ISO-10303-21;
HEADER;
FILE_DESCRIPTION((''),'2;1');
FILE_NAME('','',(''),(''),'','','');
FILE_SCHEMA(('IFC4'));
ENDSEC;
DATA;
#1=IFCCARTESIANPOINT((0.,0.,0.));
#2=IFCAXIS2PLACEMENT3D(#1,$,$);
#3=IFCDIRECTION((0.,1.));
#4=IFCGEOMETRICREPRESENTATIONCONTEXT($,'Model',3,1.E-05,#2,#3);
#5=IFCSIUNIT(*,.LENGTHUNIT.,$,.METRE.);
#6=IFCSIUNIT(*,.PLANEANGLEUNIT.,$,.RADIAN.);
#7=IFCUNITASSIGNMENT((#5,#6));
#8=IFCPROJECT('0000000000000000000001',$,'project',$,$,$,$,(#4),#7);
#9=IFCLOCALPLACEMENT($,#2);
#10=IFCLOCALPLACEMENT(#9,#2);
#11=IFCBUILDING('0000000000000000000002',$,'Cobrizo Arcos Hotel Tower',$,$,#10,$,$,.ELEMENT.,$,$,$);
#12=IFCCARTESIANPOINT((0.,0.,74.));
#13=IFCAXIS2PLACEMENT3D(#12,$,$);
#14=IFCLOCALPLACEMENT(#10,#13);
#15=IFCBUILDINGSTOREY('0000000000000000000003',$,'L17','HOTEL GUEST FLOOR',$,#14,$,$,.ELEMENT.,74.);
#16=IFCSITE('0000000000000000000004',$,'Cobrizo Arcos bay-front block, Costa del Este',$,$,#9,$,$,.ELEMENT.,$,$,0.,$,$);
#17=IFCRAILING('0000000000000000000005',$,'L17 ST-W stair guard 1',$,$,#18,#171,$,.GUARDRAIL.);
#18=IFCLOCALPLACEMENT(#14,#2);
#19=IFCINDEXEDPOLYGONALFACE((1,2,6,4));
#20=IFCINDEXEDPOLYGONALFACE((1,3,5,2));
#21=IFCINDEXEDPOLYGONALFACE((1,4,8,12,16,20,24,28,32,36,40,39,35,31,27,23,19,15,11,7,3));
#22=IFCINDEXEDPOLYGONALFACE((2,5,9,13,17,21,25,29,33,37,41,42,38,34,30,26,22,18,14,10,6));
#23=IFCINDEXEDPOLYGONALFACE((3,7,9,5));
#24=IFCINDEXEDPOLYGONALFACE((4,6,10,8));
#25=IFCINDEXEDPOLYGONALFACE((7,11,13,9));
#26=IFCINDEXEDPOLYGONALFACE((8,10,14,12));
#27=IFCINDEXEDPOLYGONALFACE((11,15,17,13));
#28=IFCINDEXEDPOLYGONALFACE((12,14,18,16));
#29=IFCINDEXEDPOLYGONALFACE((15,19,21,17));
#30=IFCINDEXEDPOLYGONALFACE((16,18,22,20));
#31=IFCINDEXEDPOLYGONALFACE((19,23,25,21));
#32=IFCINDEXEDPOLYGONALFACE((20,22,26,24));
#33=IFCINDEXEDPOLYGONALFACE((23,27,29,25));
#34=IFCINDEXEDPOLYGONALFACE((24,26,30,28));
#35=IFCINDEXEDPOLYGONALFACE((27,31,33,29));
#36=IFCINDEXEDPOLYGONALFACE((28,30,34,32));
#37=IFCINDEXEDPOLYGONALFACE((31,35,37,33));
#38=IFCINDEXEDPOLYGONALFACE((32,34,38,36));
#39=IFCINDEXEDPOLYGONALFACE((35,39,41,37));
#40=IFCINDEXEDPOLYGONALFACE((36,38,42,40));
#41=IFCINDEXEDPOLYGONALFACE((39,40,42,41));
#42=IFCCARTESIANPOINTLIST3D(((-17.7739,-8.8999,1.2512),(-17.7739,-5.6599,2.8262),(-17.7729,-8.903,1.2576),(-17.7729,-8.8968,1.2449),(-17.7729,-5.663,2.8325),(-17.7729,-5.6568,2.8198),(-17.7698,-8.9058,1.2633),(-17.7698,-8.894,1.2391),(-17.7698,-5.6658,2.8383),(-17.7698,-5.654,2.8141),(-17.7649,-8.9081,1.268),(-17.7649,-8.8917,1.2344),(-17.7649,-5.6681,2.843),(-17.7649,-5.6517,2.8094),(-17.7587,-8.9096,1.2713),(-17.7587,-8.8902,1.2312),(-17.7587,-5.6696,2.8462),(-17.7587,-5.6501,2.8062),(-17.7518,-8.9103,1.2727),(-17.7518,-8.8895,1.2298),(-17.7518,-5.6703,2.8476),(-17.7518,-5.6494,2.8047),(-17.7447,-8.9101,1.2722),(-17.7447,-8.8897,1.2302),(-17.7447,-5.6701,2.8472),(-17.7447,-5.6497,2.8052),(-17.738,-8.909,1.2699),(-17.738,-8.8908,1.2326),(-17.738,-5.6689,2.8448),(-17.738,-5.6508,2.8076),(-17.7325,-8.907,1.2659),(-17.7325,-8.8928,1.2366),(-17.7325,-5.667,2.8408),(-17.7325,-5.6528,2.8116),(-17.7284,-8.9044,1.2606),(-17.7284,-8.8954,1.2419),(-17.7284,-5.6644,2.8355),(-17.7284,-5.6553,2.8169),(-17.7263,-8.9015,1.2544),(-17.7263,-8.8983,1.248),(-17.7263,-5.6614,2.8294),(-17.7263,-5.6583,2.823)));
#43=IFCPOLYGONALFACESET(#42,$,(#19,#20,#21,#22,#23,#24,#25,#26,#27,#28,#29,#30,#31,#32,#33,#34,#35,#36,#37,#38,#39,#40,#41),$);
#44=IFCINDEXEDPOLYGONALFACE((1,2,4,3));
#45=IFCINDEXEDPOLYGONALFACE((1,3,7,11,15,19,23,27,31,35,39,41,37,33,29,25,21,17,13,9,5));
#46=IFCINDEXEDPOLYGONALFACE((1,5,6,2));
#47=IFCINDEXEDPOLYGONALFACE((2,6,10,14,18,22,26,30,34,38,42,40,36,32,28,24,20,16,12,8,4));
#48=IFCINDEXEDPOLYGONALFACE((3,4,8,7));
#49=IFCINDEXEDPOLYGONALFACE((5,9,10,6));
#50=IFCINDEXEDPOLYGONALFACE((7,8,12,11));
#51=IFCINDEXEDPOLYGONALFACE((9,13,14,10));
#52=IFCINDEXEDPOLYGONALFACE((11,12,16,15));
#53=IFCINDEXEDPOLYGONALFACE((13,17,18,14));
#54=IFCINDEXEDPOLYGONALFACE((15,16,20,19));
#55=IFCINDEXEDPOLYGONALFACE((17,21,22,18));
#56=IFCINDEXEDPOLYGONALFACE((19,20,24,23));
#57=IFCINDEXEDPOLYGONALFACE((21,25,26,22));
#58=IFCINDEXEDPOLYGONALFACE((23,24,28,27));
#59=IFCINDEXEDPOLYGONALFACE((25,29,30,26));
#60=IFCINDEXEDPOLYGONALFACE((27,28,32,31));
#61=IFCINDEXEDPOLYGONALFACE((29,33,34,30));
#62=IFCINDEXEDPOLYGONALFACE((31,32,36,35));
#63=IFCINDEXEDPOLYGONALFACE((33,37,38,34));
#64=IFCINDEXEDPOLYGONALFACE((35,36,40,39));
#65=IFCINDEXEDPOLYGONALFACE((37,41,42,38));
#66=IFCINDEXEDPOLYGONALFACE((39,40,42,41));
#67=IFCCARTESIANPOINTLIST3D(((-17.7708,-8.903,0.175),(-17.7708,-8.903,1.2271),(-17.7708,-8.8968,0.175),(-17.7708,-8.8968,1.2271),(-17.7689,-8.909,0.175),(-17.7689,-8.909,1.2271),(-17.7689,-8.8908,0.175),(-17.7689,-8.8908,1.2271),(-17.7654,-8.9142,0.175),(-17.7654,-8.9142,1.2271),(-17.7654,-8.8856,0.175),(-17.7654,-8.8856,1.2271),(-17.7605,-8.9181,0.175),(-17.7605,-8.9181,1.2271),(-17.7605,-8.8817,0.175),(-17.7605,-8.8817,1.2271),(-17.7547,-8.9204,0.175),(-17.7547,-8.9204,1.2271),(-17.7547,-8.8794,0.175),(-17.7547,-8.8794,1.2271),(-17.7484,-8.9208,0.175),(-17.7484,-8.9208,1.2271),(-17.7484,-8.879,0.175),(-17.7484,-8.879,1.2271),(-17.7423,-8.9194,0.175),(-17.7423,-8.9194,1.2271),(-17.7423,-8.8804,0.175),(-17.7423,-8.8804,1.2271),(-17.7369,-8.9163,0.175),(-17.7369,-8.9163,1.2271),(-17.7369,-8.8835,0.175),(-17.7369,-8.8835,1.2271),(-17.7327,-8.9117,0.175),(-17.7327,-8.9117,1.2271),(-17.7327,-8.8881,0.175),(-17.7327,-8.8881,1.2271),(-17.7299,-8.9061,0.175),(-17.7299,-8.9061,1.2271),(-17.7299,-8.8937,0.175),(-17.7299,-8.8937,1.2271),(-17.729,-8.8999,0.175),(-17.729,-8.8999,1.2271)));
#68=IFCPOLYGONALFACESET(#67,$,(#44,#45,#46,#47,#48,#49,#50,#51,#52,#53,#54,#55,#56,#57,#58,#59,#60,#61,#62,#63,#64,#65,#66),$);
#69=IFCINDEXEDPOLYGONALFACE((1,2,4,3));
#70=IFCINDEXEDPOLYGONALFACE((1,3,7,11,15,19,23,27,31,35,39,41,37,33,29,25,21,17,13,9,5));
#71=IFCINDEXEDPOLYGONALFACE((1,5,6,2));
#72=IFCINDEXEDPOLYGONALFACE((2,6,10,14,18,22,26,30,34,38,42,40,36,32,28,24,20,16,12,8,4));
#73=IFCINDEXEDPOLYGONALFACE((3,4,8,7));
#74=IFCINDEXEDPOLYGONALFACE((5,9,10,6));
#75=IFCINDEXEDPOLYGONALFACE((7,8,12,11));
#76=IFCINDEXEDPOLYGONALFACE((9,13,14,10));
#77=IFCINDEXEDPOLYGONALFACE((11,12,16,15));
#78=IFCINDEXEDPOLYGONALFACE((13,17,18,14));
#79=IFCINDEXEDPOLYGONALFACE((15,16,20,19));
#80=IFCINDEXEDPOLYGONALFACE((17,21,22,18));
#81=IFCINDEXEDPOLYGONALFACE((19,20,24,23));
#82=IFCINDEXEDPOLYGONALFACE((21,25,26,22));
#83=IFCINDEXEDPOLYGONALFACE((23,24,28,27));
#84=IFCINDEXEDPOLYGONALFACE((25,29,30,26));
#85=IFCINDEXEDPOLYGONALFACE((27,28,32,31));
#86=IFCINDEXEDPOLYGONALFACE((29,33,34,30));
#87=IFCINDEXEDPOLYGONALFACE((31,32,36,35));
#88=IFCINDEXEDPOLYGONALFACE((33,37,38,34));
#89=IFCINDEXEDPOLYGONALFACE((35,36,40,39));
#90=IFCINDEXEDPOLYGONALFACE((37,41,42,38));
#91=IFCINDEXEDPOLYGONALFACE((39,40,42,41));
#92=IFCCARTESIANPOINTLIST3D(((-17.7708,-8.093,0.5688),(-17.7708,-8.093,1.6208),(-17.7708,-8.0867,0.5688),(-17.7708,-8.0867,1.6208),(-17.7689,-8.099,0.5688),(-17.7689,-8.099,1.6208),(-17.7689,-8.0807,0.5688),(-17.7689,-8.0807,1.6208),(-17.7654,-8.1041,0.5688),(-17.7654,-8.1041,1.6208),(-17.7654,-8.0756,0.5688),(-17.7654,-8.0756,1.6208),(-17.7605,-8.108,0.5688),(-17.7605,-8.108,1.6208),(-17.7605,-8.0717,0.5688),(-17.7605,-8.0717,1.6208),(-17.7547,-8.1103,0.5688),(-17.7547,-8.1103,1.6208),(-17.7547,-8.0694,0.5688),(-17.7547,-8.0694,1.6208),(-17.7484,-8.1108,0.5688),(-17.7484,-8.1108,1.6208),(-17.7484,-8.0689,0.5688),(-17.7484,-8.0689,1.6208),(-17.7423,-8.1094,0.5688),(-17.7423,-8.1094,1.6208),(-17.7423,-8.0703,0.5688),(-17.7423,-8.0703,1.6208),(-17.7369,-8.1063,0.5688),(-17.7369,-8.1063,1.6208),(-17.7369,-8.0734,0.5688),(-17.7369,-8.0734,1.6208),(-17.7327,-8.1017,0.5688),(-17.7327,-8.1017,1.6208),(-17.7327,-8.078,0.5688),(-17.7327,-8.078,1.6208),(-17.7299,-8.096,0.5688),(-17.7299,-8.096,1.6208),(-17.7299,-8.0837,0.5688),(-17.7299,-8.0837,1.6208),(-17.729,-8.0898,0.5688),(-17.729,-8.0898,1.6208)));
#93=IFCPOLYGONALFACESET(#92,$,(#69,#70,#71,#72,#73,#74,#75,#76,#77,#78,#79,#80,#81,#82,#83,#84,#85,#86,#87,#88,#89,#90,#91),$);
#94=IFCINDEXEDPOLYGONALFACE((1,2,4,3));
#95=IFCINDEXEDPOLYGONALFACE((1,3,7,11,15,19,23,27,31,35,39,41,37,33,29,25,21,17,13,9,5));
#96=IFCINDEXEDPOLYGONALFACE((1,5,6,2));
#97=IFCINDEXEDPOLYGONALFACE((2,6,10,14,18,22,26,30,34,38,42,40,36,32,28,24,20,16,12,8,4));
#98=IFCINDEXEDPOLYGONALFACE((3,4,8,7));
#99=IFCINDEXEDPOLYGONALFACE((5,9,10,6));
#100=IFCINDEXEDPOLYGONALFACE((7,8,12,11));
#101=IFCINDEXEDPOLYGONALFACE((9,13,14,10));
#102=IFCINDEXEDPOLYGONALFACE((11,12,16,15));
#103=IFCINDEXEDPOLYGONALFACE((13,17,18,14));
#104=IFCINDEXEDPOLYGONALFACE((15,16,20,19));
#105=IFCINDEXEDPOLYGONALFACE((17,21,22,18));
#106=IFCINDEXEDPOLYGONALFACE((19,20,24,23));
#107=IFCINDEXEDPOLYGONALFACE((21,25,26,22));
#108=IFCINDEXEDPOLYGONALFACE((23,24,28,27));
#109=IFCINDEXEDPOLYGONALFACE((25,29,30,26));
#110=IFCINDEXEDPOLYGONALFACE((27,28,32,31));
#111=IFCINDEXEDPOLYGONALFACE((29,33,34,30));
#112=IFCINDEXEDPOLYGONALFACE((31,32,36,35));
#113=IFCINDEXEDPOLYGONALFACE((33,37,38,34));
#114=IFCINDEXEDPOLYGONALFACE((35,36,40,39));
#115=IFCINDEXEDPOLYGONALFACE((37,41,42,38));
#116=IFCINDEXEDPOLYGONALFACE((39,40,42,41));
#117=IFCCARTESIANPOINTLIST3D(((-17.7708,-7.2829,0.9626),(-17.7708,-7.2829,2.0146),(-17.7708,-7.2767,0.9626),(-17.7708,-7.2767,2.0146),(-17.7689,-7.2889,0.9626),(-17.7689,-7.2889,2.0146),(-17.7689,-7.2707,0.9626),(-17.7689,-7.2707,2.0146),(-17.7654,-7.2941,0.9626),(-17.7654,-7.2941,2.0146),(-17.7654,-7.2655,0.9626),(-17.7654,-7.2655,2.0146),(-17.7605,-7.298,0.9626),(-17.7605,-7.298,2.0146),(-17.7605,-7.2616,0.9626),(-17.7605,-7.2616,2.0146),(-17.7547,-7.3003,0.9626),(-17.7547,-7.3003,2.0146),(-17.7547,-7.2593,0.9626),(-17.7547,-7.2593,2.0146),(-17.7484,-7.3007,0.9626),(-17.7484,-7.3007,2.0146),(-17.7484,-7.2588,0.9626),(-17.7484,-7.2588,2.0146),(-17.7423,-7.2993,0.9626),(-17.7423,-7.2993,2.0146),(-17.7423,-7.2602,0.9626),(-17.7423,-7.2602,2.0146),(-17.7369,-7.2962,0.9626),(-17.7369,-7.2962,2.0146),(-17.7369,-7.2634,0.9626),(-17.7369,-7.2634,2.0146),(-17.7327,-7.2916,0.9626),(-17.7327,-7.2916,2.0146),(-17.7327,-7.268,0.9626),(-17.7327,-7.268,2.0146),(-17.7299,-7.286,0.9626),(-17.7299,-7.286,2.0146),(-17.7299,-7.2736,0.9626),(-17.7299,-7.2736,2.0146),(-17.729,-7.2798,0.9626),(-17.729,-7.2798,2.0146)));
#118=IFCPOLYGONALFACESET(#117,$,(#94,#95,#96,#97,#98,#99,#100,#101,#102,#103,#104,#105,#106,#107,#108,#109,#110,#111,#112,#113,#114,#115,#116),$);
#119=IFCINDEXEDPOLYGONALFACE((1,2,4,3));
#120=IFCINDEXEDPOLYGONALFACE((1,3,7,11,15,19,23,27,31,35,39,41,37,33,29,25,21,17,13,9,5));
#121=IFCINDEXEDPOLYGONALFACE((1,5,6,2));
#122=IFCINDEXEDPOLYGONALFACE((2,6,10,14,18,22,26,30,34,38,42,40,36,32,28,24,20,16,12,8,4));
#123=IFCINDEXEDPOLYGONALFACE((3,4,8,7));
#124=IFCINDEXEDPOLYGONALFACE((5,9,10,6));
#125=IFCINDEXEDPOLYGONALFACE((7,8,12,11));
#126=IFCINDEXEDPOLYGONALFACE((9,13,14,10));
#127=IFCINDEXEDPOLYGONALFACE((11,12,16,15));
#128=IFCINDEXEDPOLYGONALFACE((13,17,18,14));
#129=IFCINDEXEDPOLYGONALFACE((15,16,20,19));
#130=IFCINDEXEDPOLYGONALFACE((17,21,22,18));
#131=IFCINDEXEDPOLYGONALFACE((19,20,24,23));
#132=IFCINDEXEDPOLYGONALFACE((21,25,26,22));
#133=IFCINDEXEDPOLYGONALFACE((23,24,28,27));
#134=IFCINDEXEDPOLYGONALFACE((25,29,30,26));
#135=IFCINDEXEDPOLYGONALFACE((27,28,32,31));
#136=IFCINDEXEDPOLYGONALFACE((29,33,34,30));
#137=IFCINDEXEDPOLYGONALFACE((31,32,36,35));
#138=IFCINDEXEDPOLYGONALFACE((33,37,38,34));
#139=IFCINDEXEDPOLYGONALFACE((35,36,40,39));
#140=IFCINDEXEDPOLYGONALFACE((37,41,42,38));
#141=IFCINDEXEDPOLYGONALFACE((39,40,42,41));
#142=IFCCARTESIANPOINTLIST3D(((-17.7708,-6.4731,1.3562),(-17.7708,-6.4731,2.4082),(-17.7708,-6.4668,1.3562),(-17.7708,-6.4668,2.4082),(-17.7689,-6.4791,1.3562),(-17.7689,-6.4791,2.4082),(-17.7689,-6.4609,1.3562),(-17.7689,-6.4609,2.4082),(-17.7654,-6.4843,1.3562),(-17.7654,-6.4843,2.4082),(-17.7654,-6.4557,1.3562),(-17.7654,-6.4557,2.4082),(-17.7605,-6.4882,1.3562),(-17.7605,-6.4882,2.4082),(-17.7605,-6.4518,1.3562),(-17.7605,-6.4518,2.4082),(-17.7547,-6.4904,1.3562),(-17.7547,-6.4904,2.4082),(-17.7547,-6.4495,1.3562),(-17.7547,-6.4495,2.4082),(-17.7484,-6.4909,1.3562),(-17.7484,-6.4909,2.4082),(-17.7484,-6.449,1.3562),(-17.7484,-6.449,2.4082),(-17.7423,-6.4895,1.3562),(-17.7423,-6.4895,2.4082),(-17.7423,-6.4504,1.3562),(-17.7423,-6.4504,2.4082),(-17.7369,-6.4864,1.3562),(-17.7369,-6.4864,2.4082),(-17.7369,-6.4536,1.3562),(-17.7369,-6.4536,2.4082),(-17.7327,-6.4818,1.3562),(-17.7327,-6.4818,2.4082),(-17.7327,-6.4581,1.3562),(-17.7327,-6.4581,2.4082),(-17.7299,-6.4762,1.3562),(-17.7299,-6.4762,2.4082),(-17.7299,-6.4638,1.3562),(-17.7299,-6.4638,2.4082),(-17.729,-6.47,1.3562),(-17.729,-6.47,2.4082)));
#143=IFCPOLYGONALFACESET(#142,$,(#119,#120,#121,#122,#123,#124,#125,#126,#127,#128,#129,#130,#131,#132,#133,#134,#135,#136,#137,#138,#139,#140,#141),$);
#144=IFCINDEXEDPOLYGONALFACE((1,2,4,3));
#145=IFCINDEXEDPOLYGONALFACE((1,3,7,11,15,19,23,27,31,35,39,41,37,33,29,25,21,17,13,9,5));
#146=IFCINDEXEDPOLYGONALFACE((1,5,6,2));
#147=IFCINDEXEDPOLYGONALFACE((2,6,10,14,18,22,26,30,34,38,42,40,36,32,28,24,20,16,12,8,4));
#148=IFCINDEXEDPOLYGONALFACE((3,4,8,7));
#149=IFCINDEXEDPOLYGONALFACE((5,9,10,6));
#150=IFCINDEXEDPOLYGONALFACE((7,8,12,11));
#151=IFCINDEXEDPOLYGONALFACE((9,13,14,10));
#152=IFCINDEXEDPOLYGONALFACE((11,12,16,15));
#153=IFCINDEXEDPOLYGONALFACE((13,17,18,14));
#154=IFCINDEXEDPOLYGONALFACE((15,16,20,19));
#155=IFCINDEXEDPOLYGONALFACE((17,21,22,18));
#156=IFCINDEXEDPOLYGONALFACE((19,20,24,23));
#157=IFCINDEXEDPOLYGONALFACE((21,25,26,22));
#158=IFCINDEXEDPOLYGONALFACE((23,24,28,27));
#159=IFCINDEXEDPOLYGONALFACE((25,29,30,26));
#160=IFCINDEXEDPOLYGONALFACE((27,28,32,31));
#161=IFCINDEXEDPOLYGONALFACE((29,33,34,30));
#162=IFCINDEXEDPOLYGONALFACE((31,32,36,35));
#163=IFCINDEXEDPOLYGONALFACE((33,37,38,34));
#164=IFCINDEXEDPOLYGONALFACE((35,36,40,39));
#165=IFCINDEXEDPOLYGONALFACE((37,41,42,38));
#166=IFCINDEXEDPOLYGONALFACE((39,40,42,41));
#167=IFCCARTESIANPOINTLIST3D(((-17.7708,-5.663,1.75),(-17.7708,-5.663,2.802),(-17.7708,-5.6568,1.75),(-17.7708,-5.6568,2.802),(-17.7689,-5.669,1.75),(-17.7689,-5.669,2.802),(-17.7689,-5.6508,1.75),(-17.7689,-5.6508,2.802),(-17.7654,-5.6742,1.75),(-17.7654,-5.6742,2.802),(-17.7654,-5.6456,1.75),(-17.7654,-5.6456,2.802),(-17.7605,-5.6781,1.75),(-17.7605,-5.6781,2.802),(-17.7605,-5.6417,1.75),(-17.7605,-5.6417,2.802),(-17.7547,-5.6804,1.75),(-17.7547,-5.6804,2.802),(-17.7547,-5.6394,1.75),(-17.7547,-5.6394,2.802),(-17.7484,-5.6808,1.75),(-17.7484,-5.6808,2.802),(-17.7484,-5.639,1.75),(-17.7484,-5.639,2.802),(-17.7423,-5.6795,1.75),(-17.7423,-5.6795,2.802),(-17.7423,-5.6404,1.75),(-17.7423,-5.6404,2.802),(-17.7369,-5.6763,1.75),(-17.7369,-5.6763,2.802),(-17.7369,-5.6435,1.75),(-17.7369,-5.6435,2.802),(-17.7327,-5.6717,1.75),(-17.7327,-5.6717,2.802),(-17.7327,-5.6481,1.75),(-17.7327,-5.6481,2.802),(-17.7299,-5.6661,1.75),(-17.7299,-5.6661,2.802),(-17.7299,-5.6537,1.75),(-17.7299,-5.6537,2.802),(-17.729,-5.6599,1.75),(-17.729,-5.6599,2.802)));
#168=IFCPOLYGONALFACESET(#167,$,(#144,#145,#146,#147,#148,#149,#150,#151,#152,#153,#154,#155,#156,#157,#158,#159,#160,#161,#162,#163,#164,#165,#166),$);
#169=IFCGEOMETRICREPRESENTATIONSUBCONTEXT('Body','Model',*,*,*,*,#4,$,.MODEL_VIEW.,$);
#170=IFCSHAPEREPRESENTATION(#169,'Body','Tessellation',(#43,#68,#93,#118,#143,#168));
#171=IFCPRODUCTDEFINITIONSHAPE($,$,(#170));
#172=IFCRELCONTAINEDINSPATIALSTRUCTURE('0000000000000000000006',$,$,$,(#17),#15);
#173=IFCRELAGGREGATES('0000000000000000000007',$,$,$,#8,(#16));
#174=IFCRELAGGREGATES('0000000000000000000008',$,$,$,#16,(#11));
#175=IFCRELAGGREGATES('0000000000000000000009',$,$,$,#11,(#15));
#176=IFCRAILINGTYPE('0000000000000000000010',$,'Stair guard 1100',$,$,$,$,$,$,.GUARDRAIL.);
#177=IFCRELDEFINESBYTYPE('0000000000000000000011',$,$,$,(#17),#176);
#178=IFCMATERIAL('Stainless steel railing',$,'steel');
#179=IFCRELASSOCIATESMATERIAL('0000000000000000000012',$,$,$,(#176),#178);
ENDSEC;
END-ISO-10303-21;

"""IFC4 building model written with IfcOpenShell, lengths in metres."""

from ifc_helpers import new_model, si_unit, direction, frame, origin, origin_2d, place, context, subcontext, project, spatial, circle, extrude, material, type_object, element, save


model = new_model("IFC4")

# Units and contexts
model_context = context("Model", 3, precision=1e-05, world=origin(), true_north=direction((0.0, 1.0)))
body_context = subcontext(model_context, "Body", "Model", "MODEL_VIEW")
ifc_project = project(units=[si_unit("LENGTHUNIT", "METRE"), si_unit("PLANEANGLEUNIT", "RADIAN")], contexts=[model_context])

# Site, building, storey
site_placement = place(None, origin())
site = spatial("IfcSite", under=ifc_project, at=site_placement, Name="Cobrizo Arcos bay-front block, Costa del Este", CompositionType="ELEMENT", RefElevation=0.0)
building_placement = place(site_placement, origin())
building = spatial("IfcBuilding", under=site, at=building_placement, Name="Cobrizo Arcos Hotel Tower", CompositionType="ELEMENT")
storey_placement = place(building_placement, frame((0.0, 0.0, 74.0)))
storey = spatial("IfcBuildingStorey", under=building, at=storey_placement, Name="L17", Description="HOTEL GUEST FLOOR", CompositionType="ELEMENT", Elevation=74.0)

# Railing
ifc_material_1 = material(Name="Stainless steel railing", Category="steel")
railing_type_1 = type_object("IfcRailingType", Name="Stair guard 1100", PredefinedType="GUARDRAIL", material=ifc_material_1)
railing_1_placement = place(storey_placement, frame((-17.75, -8.8999, 0.175)))
element("IfcRailing", 1, at=railing_1_placement, inside=storey, type_object=railing_type_1, Name="L17 ST-W stair guard 1", PredefinedType="GUARDRAIL", context=body_context, shape_type="SweptSolid", body=[
    extrude(circle(Radius=0.0239, at=origin_2d()), frame((0.0, 0.0, 1.0762), z_axis=(0.0, 0.899373, 0.437183), x_axis=(-1.0, 0.0, 0.0)), (0.0, 0.0, 1.0), 3.6025),
    extrude(circle(Radius=0.021, at=origin_2d()), origin(), (0.0, 0.0, 1.0), 1.052),
    extrude(circle(Radius=0.021, at=origin_2d()), frame((0.0, 0.8101, 0.3938)), (0.0, 0.0, 1.0), 1.052),
    extrude(circle(Radius=0.021, at=origin_2d()), frame((0.0, 1.6201, 0.7876)), (0.0, 0.0, 1.0), 1.052),
    extrude(circle(Radius=0.021, at=origin_2d()), frame((0.0, 2.4299, 1.1812)), (0.0, 0.0, 1.0), 1.052),
    extrude(circle(Radius=0.021, at=origin_2d()), frame((0.0, 3.24, 1.575)), (0.0, 0.0, 1.0), 1.052),
])

save(model, "model.ifc")
